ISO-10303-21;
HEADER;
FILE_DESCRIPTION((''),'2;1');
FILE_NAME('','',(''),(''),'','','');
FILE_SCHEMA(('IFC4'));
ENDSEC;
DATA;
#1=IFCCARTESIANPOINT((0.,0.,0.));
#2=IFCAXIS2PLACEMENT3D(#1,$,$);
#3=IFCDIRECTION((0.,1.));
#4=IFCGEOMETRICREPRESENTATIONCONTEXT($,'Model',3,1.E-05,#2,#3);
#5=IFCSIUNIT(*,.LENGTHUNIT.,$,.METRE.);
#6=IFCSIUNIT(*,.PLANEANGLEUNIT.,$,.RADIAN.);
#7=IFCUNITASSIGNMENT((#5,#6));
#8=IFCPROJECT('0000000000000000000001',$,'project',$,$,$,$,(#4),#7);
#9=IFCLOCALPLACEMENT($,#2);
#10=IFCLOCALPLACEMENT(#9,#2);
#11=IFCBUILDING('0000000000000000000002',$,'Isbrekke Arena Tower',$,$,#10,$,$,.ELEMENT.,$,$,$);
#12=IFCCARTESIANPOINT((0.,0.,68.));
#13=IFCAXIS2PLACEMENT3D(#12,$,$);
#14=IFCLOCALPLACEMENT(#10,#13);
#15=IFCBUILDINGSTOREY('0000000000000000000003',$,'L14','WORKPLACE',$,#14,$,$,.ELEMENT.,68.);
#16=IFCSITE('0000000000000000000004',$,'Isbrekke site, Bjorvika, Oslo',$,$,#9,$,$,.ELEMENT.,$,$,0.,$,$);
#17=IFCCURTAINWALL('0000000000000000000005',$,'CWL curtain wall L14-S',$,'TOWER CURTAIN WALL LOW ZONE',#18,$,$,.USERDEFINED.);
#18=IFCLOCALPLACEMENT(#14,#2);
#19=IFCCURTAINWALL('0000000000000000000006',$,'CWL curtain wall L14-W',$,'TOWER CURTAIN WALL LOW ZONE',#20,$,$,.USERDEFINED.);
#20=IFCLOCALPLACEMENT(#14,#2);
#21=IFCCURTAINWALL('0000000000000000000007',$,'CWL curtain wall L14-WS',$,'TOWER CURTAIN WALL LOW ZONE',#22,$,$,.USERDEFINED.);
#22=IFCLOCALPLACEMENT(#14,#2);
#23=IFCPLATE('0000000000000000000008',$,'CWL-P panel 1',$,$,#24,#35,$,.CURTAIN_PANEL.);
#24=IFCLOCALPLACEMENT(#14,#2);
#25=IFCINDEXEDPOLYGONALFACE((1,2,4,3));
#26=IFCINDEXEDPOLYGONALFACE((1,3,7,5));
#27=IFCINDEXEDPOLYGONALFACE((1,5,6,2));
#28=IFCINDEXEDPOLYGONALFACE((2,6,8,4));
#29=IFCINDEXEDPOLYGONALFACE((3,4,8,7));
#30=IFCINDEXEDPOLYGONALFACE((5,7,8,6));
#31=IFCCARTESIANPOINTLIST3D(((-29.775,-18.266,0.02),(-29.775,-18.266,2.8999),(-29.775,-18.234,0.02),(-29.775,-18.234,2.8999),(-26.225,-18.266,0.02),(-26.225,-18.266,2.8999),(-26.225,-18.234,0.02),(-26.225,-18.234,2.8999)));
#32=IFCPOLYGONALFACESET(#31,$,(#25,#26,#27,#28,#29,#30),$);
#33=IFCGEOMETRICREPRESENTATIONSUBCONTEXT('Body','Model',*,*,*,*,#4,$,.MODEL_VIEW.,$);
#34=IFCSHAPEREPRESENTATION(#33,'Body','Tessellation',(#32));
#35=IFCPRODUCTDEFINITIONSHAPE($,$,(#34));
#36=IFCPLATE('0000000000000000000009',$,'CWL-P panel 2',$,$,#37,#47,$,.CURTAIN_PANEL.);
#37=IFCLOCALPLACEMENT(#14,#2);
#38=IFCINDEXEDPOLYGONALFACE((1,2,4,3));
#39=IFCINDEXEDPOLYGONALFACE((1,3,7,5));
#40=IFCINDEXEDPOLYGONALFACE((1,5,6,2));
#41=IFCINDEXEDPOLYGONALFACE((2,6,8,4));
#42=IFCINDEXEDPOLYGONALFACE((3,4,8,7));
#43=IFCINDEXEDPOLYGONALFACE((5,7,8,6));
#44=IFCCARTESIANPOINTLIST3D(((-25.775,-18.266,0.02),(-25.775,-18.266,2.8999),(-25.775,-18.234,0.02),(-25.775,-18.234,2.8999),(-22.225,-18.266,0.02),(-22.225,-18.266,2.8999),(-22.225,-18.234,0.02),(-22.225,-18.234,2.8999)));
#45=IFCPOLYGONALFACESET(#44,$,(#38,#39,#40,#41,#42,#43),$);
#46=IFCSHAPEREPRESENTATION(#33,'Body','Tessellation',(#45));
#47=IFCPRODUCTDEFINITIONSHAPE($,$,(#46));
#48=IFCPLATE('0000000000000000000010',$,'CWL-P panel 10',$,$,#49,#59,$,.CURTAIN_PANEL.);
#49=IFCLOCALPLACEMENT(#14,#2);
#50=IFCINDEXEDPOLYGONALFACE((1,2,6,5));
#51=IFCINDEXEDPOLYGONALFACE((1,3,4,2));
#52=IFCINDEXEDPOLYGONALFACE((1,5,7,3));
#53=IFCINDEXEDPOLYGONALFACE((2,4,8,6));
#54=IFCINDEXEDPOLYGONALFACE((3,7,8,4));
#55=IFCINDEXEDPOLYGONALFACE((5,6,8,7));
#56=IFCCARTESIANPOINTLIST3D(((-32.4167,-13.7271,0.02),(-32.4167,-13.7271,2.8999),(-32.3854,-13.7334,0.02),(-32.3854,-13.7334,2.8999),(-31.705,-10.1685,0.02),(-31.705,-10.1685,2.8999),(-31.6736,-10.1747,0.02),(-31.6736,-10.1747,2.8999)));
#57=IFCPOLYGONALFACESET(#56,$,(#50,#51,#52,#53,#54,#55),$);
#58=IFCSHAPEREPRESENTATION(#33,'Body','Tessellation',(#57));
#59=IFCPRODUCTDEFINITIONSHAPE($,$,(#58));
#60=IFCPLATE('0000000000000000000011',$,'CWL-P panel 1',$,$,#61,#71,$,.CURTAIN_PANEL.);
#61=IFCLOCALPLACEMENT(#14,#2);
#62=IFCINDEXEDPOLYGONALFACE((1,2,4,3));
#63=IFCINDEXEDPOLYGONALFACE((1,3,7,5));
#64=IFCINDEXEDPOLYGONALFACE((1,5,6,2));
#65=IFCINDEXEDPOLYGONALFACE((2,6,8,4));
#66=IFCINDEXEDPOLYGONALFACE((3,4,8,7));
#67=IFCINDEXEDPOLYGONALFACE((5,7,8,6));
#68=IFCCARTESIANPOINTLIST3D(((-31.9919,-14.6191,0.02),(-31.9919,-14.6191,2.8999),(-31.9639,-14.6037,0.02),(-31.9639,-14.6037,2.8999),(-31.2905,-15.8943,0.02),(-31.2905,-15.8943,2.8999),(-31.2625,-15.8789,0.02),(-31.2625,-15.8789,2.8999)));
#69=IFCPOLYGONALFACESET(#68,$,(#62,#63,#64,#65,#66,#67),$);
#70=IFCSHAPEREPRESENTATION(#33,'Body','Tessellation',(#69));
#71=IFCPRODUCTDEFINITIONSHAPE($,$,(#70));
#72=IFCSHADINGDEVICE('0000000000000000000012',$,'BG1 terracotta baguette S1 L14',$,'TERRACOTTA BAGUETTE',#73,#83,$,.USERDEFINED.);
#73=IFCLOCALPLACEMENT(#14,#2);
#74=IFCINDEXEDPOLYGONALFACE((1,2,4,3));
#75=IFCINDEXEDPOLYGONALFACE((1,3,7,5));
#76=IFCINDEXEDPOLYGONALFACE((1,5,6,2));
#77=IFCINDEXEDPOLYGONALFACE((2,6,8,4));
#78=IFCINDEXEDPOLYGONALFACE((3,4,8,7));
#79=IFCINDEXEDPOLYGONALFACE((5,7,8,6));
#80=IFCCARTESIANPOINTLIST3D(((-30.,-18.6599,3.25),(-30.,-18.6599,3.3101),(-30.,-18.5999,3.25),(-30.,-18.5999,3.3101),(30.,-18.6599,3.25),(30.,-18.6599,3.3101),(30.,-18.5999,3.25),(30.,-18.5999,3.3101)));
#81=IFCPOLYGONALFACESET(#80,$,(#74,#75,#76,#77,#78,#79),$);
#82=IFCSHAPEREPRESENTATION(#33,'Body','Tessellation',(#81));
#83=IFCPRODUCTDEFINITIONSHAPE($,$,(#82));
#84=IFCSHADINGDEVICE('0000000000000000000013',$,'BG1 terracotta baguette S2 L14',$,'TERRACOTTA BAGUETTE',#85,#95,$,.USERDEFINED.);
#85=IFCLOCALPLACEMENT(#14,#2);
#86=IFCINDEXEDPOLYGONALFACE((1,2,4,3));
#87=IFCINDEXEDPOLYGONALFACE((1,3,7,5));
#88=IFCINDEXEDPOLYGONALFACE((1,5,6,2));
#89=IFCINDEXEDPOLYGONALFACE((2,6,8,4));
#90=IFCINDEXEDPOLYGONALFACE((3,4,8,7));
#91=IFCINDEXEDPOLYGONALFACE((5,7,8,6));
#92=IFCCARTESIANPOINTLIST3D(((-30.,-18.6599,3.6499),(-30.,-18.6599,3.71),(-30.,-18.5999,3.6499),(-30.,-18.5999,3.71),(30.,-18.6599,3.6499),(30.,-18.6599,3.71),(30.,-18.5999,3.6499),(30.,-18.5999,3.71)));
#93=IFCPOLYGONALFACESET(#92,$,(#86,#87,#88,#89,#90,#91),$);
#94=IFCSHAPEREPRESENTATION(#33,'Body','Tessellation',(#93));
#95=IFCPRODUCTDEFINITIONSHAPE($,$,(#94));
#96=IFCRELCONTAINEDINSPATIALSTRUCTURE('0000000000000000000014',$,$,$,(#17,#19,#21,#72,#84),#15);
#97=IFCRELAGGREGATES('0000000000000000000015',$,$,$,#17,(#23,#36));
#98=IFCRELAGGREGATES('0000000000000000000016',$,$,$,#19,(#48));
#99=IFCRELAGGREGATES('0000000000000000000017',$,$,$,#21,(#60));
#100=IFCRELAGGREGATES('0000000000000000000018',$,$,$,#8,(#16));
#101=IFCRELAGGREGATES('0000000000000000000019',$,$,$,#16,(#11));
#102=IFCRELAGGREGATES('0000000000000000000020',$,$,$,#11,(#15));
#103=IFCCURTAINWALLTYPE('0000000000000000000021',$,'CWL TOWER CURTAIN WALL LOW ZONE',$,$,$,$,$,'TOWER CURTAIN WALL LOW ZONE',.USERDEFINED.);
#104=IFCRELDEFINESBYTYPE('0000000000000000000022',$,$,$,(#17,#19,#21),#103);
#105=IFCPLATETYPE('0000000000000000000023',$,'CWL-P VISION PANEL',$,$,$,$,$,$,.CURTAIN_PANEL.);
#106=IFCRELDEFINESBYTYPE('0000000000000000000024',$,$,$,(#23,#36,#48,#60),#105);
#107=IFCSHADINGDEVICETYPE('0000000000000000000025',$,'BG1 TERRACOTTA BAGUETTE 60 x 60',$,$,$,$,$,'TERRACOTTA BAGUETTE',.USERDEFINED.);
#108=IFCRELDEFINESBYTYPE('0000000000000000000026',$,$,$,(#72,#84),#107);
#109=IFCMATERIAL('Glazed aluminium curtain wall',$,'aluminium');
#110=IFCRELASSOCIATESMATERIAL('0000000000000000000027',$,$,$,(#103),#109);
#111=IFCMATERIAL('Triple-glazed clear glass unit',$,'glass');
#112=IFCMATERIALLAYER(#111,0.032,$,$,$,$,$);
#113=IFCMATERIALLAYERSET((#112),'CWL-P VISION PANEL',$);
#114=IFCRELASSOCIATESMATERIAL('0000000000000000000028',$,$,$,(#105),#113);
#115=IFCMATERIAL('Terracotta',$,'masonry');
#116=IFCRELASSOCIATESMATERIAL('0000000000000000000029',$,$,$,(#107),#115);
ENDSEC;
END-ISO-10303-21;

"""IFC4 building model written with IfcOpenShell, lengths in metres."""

from ifc_helpers import new_model, si_unit, direction, frame, origin, origin_2d, place, context, subcontext, project, spatial, rectangle, extrude, material, layer, layer_set, material_profile, profile_set, type_object, element, aggregate, save


model = new_model("IFC4")

# Units and contexts
model_context = context("Model", 3, precision=1e-05, world=origin(), true_north=direction((0.0, 1.0)))
body_context = subcontext(model_context, "Body", "Model", "MODEL_VIEW")
ifc_project = project(units=[si_unit("LENGTHUNIT", "METRE"), si_unit("PLANEANGLEUNIT", "RADIAN")], contexts=[model_context])

# Site, building, storey
site_placement = place(None, origin())
site = spatial("IfcSite", under=ifc_project, at=site_placement, Name="Isbrekke site, Bjorvika, Oslo", CompositionType="ELEMENT", RefElevation=0.0)
building_placement = place(site_placement, origin())
building = spatial("IfcBuilding", under=site, at=building_placement, Name="Isbrekke Arena Tower", CompositionType="ELEMENT")
storey_placement = place(building_placement, frame((0.0, 0.0, 68.0)))
storey = spatial("IfcBuildingStorey", under=building, at=storey_placement, Name="L14", Description="WORKPLACE", CompositionType="ELEMENT", Elevation=68.0)

# Curtain walls
ifc_material_1 = material(Name="Glazed aluminium curtain wall", Category="aluminium")
curtain_wall_type = type_object("IfcCurtainWallType", Name="CWL TOWER CURTAIN WALL LOW ZONE", ElementType="TOWER CURTAIN WALL LOW ZONE", PredefinedType="USERDEFINED", material=ifc_material_1)
curtain_wall_1_placement = place(storey_placement, origin())
curtain_wall_1 = element("IfcCurtainWall", 1, at=curtain_wall_1_placement, inside=storey, type_object=curtain_wall_type, Name="CWL curtain wall L14-S", ObjectType="TOWER CURTAIN WALL LOW ZONE", PredefinedType="USERDEFINED")
curtain_wall_2_placement = place(storey_placement, origin())
curtain_wall_2 = element("IfcCurtainWall", 2, at=curtain_wall_2_placement, inside=storey, type_object=curtain_wall_type, Name="CWL curtain wall L14-W", ObjectType="TOWER CURTAIN WALL LOW ZONE", PredefinedType="USERDEFINED")
curtain_wall_3_placement = place(storey_placement, origin())
curtain_wall_3 = element("IfcCurtainWall", 3, at=curtain_wall_3_placement, inside=storey, type_object=curtain_wall_type, Name="CWL curtain wall L14-WS", ObjectType="TOWER CURTAIN WALL LOW ZONE", PredefinedType="USERDEFINED")

# Plates
ifc_material_2 = material(Name="Triple-glazed clear glass unit", Category="glass")
ifc_layer = layer(ifc_material_2, 0.032)
ifc_layer_set = layer_set([ifc_layer], Name="CWL-P VISION PANEL")
plate_type = type_object("IfcPlateType", Name="CWL-P VISION PANEL", PredefinedType="CURTAIN_PANEL", material=ifc_layer_set)
plate_1_placement = place(storey_placement, frame((-28.0, -18.25, 0.02), z_axis=(0.0, 0.0, 1.0), x_axis=(1.0, 0.0, 0.0)))
plate_1 = element("IfcPlate", 4, at=plate_1_placement, type_object=plate_type, Name="CWL-P panel 1", PredefinedType="CURTAIN_PANEL", context=body_context, shape_type="SweptSolid", body=[
    extrude(rectangle(XDim=3.55, YDim=0.032, at=origin_2d()), origin(), (0.0, 0.0, 1.0), 2.8799),
])
plate_2_placement = place(storey_placement, frame((-24.0, -18.25, 0.02), z_axis=(0.0, 0.0, 1.0), x_axis=(1.0, 0.0, 0.0)))
plate_2 = element("IfcPlate", 5, at=plate_2_placement, type_object=plate_type, Name="CWL-P panel 2", PredefinedType="CURTAIN_PANEL", context=body_context, shape_type="SweptSolid", body=[
    extrude(rectangle(XDim=3.55, YDim=0.032, at=origin_2d()), origin(), (0.0, 0.0, 1.0), 2.8799),
])
aggregate(curtain_wall_1, [plate_1, plate_2])
plate_3_placement = place(storey_placement, frame((-32.0452, -11.9509, 0.02), z_axis=(0.0, 0.0, 1.0), x_axis=(-0.196116, -0.980581, 0.0)))
plate_3 = element("IfcPlate", 6, at=plate_3_placement, type_object=plate_type, Name="CWL-P panel 10", PredefinedType="CURTAIN_PANEL", context=body_context, shape_type="SweptSolid", body=[
    extrude(rectangle(XDim=3.6292, YDim=0.032, at=origin_2d()), origin(), (0.0, 0.0, 1.0), 2.8799),
])
aggregate(curtain_wall_2, [plate_3])
plate_4_placement = place(storey_placement, frame((-31.6272, -15.249, 0.02), z_axis=(0.0, 0.0, 1.0), x_axis=(0.481919, -0.876216, 0.0)))
plate_4 = element("IfcPlate", 7, at=plate_4_placement, type_object=plate_type, Name="CWL-P panel 1", PredefinedType="CURTAIN_PANEL", context=body_context, shape_type="SweptSolid", body=[
    extrude(rectangle(XDim=1.4553, YDim=0.032, at=origin_2d()), origin(), (0.0, 0.0, 1.0), 2.8799),
])
aggregate(curtain_wall_3, [plate_4])

# Shading devices
ifc_material_3 = material(Name="Terracotta", Category="masonry")
ifc_material_profile_1 = material_profile(ifc_material_3, rectangle(XDim=0.0601, YDim=0.0601, at=origin_2d()), Name="BAGUETTE 60X60")
ifc_profile_set_1 = profile_set([ifc_material_profile_1], Name="Terracotta")
shading_device_type = type_object("IfcShadingDeviceType", Name="BG1 TERRACOTTA BAGUETTE 60 x 60", ElementType="TERRACOTTA BAGUETTE", PredefinedType="USERDEFINED", material=ifc_profile_set_1)
for number, where, z_axis, x_axis, name in (
    (8, (-30.0, -18.6299, 3.28), (1.0, 0.0, 0.0), (0.0, 1.0, 0.0), "BG1 terracotta baguette S1 L14"),
    (9, (-30.0, -18.6299, 3.6799), (1.0, 0.0, 0.0), (0.0, 1.0, 0.0), "BG1 terracotta baguette S2 L14"),
):
    element("IfcShadingDevice", number, at=place(storey_placement, frame(where, z_axis=z_axis, x_axis=x_axis)), inside=storey, type_object=shading_device_type, Name=name, ObjectType="TERRACOTTA BAGUETTE", PredefinedType="USERDEFINED", context=body_context, shape_type="SweptSolid", body=[
        extrude(rectangle(XDim=0.0601, YDim=0.0601, at=origin_2d()), origin(), (0.0, 0.0, 1.0), 60.0),
    ])

save(model, "model.ifc")
